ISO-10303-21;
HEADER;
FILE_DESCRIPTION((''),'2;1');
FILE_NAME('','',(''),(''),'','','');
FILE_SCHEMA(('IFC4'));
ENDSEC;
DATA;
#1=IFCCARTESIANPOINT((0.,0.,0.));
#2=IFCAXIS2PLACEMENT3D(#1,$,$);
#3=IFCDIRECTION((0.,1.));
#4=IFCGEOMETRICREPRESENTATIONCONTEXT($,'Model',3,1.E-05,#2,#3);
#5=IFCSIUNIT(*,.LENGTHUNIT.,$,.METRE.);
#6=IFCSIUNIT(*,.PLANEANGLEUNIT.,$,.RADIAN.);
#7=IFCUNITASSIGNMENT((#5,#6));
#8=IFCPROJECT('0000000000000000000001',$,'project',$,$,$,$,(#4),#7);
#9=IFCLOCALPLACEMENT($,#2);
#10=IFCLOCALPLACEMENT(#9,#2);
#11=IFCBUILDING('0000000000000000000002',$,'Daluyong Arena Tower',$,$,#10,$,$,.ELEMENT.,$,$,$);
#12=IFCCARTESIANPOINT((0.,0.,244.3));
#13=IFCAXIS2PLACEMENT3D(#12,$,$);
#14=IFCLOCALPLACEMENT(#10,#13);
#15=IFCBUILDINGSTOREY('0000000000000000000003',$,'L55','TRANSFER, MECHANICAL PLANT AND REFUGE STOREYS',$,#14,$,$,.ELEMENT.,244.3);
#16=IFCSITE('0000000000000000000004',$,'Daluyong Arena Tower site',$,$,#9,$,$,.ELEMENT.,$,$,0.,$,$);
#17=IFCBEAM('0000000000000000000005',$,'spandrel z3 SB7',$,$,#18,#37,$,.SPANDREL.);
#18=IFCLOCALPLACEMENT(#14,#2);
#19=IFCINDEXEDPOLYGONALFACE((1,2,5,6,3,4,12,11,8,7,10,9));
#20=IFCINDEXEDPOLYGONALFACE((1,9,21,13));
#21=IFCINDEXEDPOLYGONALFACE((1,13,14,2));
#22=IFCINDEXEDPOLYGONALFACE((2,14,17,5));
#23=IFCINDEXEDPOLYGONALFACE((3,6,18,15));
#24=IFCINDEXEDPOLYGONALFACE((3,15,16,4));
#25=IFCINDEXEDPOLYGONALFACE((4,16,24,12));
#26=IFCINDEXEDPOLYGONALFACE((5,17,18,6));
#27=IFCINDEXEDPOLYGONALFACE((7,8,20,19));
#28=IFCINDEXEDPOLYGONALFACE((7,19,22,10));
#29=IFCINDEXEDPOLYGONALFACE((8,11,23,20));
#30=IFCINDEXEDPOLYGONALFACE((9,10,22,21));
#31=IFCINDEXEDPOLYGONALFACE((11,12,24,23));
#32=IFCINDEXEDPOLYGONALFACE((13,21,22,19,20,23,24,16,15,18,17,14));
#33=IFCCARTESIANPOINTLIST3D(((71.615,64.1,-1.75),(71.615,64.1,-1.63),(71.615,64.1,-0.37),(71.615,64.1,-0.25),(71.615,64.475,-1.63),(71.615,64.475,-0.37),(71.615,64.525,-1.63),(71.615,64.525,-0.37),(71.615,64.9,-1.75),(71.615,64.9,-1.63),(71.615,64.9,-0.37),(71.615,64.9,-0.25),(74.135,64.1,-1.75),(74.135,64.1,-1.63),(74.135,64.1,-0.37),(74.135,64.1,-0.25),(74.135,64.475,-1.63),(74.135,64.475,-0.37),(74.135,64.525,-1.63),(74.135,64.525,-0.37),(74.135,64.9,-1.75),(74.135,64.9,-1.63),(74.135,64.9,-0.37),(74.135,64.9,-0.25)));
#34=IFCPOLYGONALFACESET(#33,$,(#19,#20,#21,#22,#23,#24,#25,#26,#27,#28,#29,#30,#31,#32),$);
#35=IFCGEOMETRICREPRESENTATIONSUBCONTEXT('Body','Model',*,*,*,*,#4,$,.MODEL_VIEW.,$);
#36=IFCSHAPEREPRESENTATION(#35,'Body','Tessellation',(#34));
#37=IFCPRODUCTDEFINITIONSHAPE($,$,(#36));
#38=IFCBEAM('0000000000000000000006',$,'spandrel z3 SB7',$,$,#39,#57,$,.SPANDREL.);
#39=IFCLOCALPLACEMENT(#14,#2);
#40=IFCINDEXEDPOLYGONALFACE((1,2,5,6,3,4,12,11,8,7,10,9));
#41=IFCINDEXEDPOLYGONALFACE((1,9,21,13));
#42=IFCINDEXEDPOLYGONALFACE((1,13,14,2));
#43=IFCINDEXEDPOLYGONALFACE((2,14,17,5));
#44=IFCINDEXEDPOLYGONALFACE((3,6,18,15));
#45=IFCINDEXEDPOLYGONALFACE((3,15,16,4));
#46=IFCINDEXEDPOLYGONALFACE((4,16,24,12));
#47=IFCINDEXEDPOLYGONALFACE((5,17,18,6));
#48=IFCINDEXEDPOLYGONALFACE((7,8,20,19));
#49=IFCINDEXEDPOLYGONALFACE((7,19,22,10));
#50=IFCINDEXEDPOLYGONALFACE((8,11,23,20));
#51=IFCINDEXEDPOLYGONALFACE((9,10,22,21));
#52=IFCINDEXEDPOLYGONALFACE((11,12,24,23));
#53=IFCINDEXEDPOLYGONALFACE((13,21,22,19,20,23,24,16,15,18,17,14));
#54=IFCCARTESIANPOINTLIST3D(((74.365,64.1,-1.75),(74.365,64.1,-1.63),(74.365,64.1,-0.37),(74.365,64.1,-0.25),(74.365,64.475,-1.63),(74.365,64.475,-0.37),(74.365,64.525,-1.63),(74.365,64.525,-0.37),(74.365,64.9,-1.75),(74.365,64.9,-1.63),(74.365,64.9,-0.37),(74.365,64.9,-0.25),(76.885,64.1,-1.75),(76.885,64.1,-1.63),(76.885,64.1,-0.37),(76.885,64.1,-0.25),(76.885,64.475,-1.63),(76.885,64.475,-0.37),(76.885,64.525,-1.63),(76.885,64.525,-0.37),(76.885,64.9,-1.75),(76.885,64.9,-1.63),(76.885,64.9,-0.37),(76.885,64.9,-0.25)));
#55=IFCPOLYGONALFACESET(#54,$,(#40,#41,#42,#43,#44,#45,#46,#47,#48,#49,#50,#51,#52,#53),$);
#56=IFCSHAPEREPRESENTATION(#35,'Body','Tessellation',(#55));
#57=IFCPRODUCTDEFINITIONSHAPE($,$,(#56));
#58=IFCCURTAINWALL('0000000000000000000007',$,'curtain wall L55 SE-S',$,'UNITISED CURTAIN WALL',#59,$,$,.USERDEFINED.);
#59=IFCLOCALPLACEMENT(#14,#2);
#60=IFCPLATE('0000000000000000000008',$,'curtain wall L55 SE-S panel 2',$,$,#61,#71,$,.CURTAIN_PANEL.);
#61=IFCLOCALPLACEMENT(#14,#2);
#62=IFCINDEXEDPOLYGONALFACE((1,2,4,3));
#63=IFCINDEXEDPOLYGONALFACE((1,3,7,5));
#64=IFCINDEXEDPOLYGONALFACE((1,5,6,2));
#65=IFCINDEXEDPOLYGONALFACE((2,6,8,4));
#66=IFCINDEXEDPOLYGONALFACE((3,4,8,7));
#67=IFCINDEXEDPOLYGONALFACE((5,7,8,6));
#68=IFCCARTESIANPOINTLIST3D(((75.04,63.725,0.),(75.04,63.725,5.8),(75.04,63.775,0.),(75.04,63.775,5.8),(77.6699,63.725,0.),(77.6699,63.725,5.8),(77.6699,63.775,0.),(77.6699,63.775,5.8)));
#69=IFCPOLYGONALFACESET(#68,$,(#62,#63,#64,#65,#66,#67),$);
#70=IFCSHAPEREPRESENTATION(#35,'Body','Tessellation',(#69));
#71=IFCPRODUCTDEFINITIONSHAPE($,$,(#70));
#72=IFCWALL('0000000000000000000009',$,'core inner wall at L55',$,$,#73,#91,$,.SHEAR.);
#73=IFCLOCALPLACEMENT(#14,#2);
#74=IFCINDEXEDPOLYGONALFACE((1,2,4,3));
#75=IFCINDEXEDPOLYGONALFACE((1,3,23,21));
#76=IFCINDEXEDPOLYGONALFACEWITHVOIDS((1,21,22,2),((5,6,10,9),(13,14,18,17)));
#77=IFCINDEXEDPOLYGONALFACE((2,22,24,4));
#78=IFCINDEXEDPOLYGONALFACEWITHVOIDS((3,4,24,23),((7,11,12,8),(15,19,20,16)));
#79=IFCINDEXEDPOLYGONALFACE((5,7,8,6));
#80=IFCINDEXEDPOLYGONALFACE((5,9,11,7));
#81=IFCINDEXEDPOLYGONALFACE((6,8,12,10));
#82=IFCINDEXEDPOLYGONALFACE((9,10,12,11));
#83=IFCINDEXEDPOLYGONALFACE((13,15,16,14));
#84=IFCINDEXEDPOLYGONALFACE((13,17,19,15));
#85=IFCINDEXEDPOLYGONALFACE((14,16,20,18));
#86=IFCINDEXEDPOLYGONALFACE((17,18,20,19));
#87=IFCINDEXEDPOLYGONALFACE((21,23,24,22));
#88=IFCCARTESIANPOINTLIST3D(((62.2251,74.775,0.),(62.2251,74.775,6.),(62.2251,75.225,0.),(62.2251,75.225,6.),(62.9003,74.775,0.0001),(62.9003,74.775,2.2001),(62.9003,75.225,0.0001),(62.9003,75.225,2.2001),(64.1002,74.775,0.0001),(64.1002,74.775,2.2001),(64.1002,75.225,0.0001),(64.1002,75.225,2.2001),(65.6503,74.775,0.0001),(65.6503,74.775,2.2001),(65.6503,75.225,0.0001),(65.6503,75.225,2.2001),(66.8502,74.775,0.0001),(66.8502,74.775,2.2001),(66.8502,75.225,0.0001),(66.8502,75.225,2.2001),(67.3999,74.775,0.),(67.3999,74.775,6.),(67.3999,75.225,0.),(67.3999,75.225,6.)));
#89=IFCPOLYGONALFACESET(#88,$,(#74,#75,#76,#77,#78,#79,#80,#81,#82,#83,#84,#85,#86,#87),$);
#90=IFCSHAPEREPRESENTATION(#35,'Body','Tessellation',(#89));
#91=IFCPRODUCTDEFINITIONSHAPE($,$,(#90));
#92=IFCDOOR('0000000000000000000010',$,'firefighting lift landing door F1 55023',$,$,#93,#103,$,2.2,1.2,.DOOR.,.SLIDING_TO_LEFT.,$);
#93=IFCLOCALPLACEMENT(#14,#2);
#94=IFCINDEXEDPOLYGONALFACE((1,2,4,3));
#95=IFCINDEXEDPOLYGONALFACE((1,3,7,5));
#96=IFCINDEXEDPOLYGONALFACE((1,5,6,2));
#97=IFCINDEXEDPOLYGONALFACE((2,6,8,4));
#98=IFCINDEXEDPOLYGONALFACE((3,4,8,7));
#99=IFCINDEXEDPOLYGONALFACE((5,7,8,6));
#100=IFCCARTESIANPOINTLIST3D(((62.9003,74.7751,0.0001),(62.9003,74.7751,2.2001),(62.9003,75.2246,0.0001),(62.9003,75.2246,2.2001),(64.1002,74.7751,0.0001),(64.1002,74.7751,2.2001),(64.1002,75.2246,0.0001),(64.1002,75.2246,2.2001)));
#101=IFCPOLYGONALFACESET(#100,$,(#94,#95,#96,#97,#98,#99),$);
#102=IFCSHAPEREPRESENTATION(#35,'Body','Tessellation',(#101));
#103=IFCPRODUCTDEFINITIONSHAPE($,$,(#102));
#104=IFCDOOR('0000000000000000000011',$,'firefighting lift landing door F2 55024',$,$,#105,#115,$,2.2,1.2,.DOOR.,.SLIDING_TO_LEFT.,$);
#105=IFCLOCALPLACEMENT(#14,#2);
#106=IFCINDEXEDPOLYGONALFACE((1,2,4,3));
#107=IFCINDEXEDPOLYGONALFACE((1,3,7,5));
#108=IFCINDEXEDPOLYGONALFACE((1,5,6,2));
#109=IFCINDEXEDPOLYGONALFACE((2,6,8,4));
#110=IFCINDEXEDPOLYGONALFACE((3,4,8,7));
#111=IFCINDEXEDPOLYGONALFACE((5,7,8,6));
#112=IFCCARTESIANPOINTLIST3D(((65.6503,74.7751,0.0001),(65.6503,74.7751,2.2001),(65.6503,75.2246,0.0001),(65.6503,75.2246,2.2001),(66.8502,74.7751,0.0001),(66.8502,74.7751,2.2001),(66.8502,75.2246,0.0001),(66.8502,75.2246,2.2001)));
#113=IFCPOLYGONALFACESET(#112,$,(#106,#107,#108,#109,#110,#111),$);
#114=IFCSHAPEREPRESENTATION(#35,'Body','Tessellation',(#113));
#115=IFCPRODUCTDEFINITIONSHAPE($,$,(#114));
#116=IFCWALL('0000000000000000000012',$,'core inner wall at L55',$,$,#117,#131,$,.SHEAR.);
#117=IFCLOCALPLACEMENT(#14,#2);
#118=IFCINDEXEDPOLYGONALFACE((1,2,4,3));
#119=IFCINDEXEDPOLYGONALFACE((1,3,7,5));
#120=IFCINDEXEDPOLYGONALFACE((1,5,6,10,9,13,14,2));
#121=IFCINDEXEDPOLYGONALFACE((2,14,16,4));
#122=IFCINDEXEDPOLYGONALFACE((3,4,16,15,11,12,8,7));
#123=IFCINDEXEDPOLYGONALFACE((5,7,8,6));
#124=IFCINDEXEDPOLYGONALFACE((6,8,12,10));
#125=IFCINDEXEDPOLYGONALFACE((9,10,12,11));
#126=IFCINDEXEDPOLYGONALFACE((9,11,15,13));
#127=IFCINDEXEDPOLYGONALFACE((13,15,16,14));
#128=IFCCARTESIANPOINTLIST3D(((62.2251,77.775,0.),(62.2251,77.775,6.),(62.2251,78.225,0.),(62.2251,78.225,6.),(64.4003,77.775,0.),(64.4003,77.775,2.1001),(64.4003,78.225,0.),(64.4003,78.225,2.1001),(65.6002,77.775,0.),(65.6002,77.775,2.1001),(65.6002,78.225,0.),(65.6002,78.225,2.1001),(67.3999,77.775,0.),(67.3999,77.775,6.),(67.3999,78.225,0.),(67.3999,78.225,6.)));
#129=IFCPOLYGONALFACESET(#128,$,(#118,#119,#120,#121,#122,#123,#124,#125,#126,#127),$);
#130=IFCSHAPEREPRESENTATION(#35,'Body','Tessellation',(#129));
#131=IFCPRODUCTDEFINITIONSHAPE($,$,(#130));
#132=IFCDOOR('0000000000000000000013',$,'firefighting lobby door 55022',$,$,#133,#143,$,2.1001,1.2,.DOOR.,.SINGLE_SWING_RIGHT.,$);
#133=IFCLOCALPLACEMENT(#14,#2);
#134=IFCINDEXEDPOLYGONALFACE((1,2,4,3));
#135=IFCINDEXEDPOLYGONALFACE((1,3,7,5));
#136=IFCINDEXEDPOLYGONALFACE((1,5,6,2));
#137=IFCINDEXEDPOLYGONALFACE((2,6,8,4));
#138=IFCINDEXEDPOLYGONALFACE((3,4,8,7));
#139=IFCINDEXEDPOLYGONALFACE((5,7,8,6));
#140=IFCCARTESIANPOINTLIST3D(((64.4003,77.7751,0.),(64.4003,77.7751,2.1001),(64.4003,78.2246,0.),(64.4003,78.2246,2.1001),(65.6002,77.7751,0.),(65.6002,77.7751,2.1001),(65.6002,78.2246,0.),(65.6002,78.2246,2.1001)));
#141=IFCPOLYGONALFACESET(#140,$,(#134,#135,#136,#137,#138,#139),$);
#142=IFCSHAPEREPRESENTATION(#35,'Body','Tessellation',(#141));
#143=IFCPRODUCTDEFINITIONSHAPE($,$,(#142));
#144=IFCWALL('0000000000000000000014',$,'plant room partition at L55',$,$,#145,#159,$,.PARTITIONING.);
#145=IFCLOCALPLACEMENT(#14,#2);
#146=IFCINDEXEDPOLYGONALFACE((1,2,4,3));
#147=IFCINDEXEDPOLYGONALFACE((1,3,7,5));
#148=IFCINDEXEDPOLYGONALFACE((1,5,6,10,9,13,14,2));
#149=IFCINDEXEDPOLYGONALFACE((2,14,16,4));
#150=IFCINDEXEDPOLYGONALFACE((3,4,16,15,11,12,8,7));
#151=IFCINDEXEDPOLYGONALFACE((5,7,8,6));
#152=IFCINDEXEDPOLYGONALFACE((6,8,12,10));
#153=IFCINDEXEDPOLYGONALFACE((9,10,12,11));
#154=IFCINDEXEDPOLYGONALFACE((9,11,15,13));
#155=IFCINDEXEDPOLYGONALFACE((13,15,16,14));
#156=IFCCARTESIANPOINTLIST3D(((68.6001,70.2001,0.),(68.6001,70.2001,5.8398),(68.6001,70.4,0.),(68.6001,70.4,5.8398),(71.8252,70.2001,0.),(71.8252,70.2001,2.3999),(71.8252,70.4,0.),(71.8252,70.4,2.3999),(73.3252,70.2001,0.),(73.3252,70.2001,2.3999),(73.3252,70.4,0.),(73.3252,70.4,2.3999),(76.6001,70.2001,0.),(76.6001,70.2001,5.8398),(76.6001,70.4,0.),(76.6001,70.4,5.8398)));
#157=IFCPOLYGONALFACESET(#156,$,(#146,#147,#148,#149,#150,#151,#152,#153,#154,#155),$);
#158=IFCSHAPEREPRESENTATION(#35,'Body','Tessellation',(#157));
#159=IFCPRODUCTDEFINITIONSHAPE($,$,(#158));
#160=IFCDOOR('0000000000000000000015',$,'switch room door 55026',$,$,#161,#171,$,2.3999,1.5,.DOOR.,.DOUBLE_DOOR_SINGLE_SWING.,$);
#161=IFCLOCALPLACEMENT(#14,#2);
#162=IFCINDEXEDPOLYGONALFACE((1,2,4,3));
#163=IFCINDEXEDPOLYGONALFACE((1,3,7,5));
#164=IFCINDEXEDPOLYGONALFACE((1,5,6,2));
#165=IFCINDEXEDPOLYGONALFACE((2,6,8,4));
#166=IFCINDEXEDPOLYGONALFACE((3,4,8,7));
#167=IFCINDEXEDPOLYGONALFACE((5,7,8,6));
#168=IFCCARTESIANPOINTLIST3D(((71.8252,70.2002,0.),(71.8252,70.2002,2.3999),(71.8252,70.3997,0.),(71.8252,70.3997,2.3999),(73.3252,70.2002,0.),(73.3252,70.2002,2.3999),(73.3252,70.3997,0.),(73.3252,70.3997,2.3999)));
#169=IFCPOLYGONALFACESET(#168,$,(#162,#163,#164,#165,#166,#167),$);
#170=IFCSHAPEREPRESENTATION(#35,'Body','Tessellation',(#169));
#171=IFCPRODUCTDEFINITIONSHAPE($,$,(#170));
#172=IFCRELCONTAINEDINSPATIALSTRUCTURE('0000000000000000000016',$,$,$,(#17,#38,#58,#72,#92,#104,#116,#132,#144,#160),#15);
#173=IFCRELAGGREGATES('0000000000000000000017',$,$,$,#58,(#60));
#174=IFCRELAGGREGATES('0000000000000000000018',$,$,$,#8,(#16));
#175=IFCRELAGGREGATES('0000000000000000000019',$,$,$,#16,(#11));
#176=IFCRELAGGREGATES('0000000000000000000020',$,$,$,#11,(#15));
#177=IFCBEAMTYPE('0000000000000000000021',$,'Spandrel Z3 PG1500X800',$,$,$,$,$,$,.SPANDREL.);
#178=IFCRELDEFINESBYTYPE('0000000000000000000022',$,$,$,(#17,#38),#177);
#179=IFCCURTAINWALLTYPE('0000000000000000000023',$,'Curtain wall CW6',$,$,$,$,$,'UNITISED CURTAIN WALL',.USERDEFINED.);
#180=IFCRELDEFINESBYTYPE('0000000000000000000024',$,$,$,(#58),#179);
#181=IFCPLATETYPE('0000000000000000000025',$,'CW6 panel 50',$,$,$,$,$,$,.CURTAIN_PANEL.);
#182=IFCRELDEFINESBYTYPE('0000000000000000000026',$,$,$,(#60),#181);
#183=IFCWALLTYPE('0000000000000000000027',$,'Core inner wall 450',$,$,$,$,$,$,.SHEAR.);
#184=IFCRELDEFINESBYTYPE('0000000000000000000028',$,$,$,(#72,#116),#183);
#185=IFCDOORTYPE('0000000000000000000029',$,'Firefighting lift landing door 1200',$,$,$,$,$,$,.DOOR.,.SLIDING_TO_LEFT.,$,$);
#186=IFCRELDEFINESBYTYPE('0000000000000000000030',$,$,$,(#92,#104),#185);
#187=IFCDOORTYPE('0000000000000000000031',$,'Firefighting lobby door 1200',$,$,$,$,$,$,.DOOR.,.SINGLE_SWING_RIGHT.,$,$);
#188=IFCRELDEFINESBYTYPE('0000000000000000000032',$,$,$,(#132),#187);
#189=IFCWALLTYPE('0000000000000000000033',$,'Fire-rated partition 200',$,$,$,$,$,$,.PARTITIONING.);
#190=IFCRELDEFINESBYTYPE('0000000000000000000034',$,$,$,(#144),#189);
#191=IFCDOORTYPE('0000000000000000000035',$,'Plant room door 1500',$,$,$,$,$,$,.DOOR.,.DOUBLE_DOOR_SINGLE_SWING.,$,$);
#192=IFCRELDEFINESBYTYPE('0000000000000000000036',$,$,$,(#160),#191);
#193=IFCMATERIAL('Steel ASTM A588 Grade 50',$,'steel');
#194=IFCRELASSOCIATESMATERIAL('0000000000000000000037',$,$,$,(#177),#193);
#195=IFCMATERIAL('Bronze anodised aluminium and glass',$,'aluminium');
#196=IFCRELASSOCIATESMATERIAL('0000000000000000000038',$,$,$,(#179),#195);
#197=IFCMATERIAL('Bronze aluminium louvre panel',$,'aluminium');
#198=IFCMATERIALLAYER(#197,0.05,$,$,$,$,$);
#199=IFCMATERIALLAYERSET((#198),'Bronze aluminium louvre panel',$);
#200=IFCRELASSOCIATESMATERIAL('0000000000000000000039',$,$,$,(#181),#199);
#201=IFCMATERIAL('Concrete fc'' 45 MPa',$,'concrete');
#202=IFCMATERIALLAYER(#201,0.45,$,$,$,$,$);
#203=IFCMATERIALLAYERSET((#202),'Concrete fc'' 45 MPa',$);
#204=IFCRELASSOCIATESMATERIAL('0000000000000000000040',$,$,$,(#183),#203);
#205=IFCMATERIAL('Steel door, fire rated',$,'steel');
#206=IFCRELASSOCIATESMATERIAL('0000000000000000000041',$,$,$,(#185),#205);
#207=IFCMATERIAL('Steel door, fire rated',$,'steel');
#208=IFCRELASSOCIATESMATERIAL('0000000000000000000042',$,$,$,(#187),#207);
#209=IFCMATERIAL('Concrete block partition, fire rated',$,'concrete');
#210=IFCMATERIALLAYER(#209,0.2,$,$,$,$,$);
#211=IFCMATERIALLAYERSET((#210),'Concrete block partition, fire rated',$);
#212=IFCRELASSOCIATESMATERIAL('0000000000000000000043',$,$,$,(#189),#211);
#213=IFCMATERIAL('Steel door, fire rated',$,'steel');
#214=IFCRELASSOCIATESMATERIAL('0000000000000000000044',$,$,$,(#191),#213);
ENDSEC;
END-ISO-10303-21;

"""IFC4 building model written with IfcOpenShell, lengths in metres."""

from ifc_helpers import new_model, si_unit, direction, frame, frame_2d, origin, origin_2d, place, context, subcontext, project, spatial, rectangle, i_section, extrude, material, layer, layer_set, material_profile, profile_set, type_object, element, fill, aggregate, save


model = new_model("IFC4")

# Units and contexts
model_context = context("Model", 3, precision=1e-05, world=origin(), true_north=direction((0.0, 1.0)))
body_context = subcontext(model_context, "Body", "Model", "MODEL_VIEW")
ifc_project = project(units=[si_unit("LENGTHUNIT", "METRE"), si_unit("PLANEANGLEUNIT", "RADIAN")], contexts=[model_context])

# Site, building, storey
site_placement = place(None, origin())
site = spatial("IfcSite", under=ifc_project, at=site_placement, Name="Daluyong Arena Tower site", CompositionType="ELEMENT", RefElevation=0.0)
building_placement = place(site_placement, origin())
building = spatial("IfcBuilding", under=site, at=building_placement, Name="Daluyong Arena Tower", CompositionType="ELEMENT")
storey_placement = place(building_placement, frame((0.0, 0.0, 244.3)))
storey = spatial("IfcBuildingStorey", under=building, at=storey_placement, Name="L55", Description="TRANSFER, MECHANICAL PLANT AND REFUGE STOREYS", CompositionType="ELEMENT", Elevation=244.3)

# Beams
ifc_material_1 = material(Name="Steel ASTM A588 Grade 50", Category="steel")
ifc_material_profile_1 = material_profile(ifc_material_1, i_section(OverallWidth=0.8, OverallDepth=1.5, WebThickness=0.05, FlangeThickness=0.12, at=origin_2d()))
ifc_profile_set_1 = profile_set([ifc_material_profile_1], Name="Steel ASTM A588 Grade 50")
beam_type_1 = type_object("IfcBeamType", Name="Spandrel Z3 PG1500X800", PredefinedType="SPANDREL", material=ifc_profile_set_1)
for number, where, z_axis, x_axis, name in (
    (1, (71.615, 64.5, -1.0), (1.0, 0.0, 0.0), (0.0, 1.0, 0.0), "spandrel z3 SB7"),
    (2, (74.365, 64.5, -1.0), (1.0, 0.0, 0.0), (0.0, 1.0, 0.0), "spandrel z3 SB7"),
):
    element("IfcBeam", number, at=place(storey_placement, frame(where, z_axis=z_axis, x_axis=x_axis)), inside=storey, type_object=beam_type_1, Name=name, PredefinedType="SPANDREL", context=body_context, shape_type="SweptSolid", body=[
        extrude(i_section(OverallWidth=0.8, OverallDepth=1.5, WebThickness=0.05, FlangeThickness=0.12, at=origin_2d()), origin(), (0.0, 0.0, 1.0), 2.52),
    ])

# Curtain wall, plate
ifc_material_2 = material(Name="Bronze anodised aluminium and glass", Category="aluminium")
curtain_wall_type = type_object("IfcCurtainWallType", Name="Curtain wall CW6", ElementType="UNITISED CURTAIN WALL", PredefinedType="USERDEFINED", material=ifc_material_2)
curtain_wall_placement = place(storey_placement, origin())
curtain_wall = element("IfcCurtainWall", 3, at=curtain_wall_placement, inside=storey, type_object=curtain_wall_type, Name="curtain wall L55 SE-S", ObjectType="UNITISED CURTAIN WALL", PredefinedType="USERDEFINED")
ifc_material_3 = material(Name="Bronze aluminium louvre panel", Category="aluminium")
ifc_layer_1 = layer(ifc_material_3, 0.05)
ifc_layer_set_1 = layer_set([ifc_layer_1], Name="Bronze aluminium louvre panel")
plate_type = type_object("IfcPlateType", Name="CW6 panel 50", PredefinedType="CURTAIN_PANEL", material=ifc_layer_set_1)
plate_placement = place(storey_placement, frame((76.355, 63.75, 0.0), z_axis=(0.0, 0.0, 1.0), x_axis=(1.0, 0.0, 0.0)))
plate = element("IfcPlate", 4, at=plate_placement, type_object=plate_type, Name="curtain wall L55 SE-S panel 2", PredefinedType="CURTAIN_PANEL", context=body_context, shape_type="SweptSolid", body=[
    extrude(rectangle(XDim=2.6299, YDim=0.05, at=origin_2d()), origin(), (0.0, 0.0, 1.0), 5.8),
])
aggregate(curtain_wall, [plate])

# Wall, openings, doors
ifc_material_4 = material(Name="Concrete fc' 45 MPa", Category="concrete")
ifc_layer_2 = layer(ifc_material_4, 0.45)
ifc_layer_set_2 = layer_set([ifc_layer_2], Name="Concrete fc' 45 MPa")
wall_type_1 = type_object("IfcWallType", Name="Core inner wall 450", PredefinedType="SHEAR", material=ifc_layer_set_2)
wall_1_placement = place(storey_placement, frame((62.2251, 75.0, 0.0), z_axis=(0.0, 0.0, 1.0), x_axis=(1.0, 0.0, 0.0)))
wall_1 = element("IfcWall", 5, at=wall_1_placement, inside=storey, type_object=wall_type_1, Name="core inner wall at L55", PredefinedType="SHEAR", context=body_context, shape_type="SweptSolid", body=[
    extrude(rectangle(XDim=5.1748, YDim=0.45, at=frame_2d((2.5874, 0.0))), origin(), (0.0, 0.0, 1.0), 6.0),
])
opening_1_placement = place(wall_1_placement, frame((0.675, 0.0, 0.0)))
opening_1 = element("IfcOpeningElement", 6, at=opening_1_placement, cuts=wall_1, PredefinedType="OPENING", context=body_context, shape_type="SweptSolid", body=[
    extrude(rectangle(XDim=1.2, YDim=2.2, at=frame_2d((0.6001, 1.1001))), frame((0.0, 0.2349, 0.0), z_axis=(0.0, -1.0, 0.0), x_axis=(1.0, 0.0, 0.0)), (0.0, 0.0, 1.0), 0.47),
])
opening_2_placement = place(wall_1_placement, frame((3.425, 0.0, 0.0)))
opening_2 = element("IfcOpeningElement", 7, at=opening_2_placement, cuts=wall_1, PredefinedType="OPENING", context=body_context, shape_type="SweptSolid", body=[
    extrude(rectangle(XDim=1.2, YDim=2.2, at=frame_2d((0.6001, 1.1001))), frame((0.0, 0.2349, 0.0), z_axis=(0.0, -1.0, 0.0), x_axis=(1.0, 0.0, 0.0)), (0.0, 0.0, 1.0), 0.47),
])
ifc_material_5 = material(Name="Steel door, fire rated", Category="steel")
door_type_1 = type_object("IfcDoorType", Name="Firefighting lift landing door 1200", OperationType="SLIDING_TO_LEFT", PredefinedType="DOOR", material=ifc_material_5)
door_1_placement = place(opening_1_placement, origin())
door_1 = element("IfcDoor", 8, at=door_1_placement, inside=storey, type_object=door_type_1, Name="firefighting lift landing door F1 55023", OperationType="SLIDING_TO_LEFT", OverallHeight=2.2, OverallWidth=1.2, PredefinedType="DOOR", context=body_context, shape_type="SweptSolid", body=[
    extrude(rectangle(XDim=1.2, YDim=2.2, at=frame_2d((0.6001, 1.1001))), frame((0.0, 0.2246, 0.0), z_axis=(0.0, -1.0, 0.0), x_axis=(1.0, 0.0, 0.0)), (0.0, 0.0, 1.0), 0.4495),
])
fill(opening_1, door_1)
door_2_placement = place(opening_2_placement, origin())
door_2 = element("IfcDoor", 9, at=door_2_placement, inside=storey, type_object=door_type_1, Name="firefighting lift landing door F2 55024", OperationType="SLIDING_TO_LEFT", OverallHeight=2.2, OverallWidth=1.2, PredefinedType="DOOR", context=body_context, shape_type="SweptSolid", body=[
    extrude(rectangle(XDim=1.2, YDim=2.2, at=frame_2d((0.6001, 1.1001))), frame((0.0, 0.2246, 0.0), z_axis=(0.0, -1.0, 0.0), x_axis=(1.0, 0.0, 0.0)), (0.0, 0.0, 1.0), 0.4495),
])
fill(opening_2, door_2)

# Walls, openings, doors
wall_2_placement = place(storey_placement, frame((62.2251, 78.0, 0.0), z_axis=(0.0, 0.0, 1.0), x_axis=(1.0, 0.0, 0.0)))
wall_2 = element("IfcWall", 10, at=wall_2_placement, inside=storey, type_object=wall_type_1, Name="core inner wall at L55", PredefinedType="SHEAR", context=body_context, shape_type="SweptSolid", body=[
    extrude(rectangle(XDim=5.1748, YDim=0.45, at=frame_2d((2.5874, 0.0))), origin(), (0.0, 0.0, 1.0), 6.0),
])
opening_3_placement = place(wall_2_placement, frame((2.175, 0.0, 0.0)))
opening_3 = element("IfcOpeningElement", 11, at=opening_3_placement, cuts=wall_2, PredefinedType="OPENING", context=body_context, shape_type="SweptSolid", body=[
    extrude(rectangle(XDim=1.2, YDim=2.1001, at=frame_2d((0.6001, 1.05))), frame((0.0, 0.2349, 0.0), z_axis=(0.0, -1.0, 0.0), x_axis=(1.0, 0.0, 0.0)), (0.0, 0.0, 1.0), 0.47),
])
ifc_material_6 = material(Name="Steel door, fire rated", Category="steel")
door_type_2 = type_object("IfcDoorType", Name="Firefighting lobby door 1200", OperationType="SINGLE_SWING_RIGHT", PredefinedType="DOOR", material=ifc_material_6)
door_3_placement = place(opening_3_placement, origin())
door_3 = element("IfcDoor", 12, at=door_3_placement, inside=storey, type_object=door_type_2, Name="firefighting lobby door 55022", OperationType="SINGLE_SWING_RIGHT", OverallHeight=2.1001, OverallWidth=1.2, PredefinedType="DOOR", context=body_context, shape_type="SweptSolid", body=[
    extrude(rectangle(XDim=1.2, YDim=2.1001, at=frame_2d((0.6001, 1.05))), frame((0.0, 0.2246, 0.0), z_axis=(0.0, -1.0, 0.0), x_axis=(1.0, 0.0, 0.0)), (0.0, 0.0, 1.0), 0.4495),
])
fill(opening_3, door_3)
ifc_material_7 = material(Name="Concrete block partition, fire rated", Category="concrete")
ifc_layer_3 = layer(ifc_material_7, 0.2)
ifc_layer_set_3 = layer_set([ifc_layer_3], Name="Concrete block partition, fire rated")
wall_type_2 = type_object("IfcWallType", Name="Fire-rated partition 200", PredefinedType="PARTITIONING", material=ifc_layer_set_3)
wall_3_placement = place(storey_placement, frame((68.6001, 70.3, 0.0), z_axis=(0.0, 0.0, 1.0), x_axis=(1.0, 0.0, 0.0)))
wall_3 = element("IfcWall", 13, at=wall_3_placement, inside=storey, type_object=wall_type_2, Name="plant room partition at L55", PredefinedType="PARTITIONING", context=body_context, shape_type="SweptSolid", body=[
    extrude(rectangle(XDim=8.0, YDim=0.2, at=frame_2d((4.0, 0.0))), origin(), (0.0, 0.0, 1.0), 5.8398),
])
opening_4_placement = place(wall_3_placement, frame((3.2251, 0.0, 0.0)))
opening_4 = element("IfcOpeningElement", 14, at=opening_4_placement, cuts=wall_3, PredefinedType="OPENING", context=body_context, shape_type="SweptSolid", body=[
    extrude(rectangle(XDim=1.5, YDim=2.3999, at=frame_2d((0.75, 1.2))), frame((0.0, 0.1099, 0.0), z_axis=(0.0, -1.0, 0.0), x_axis=(1.0, 0.0, 0.0)), (0.0, 0.0, 1.0), 0.22),
])
ifc_material_8 = material(Name="Steel door, fire rated", Category="steel")
door_type_3 = type_object("IfcDoorType", Name="Plant room door 1500", OperationType="DOUBLE_DOOR_SINGLE_SWING", PredefinedType="DOOR", material=ifc_material_8)
door_4_placement = place(opening_4_placement, origin())
door_4 = element("IfcDoor", 15, at=door_4_placement, inside=storey, type_object=door_type_3, Name="switch room door 55026", OperationType="DOUBLE_DOOR_SINGLE_SWING", OverallHeight=2.3999, OverallWidth=1.5, PredefinedType="DOOR", context=body_context, shape_type="SweptSolid", body=[
    extrude(rectangle(XDim=1.5, YDim=2.3999, at=frame_2d((0.75, 1.2))), frame((0.0, 0.0996, 0.0), z_axis=(0.0, -1.0, 0.0), x_axis=(1.0, 0.0, 0.0)), (0.0, 0.0, 1.0), 0.1995),
])
fill(opening_4, door_4)

save(model, "model.ifc")
